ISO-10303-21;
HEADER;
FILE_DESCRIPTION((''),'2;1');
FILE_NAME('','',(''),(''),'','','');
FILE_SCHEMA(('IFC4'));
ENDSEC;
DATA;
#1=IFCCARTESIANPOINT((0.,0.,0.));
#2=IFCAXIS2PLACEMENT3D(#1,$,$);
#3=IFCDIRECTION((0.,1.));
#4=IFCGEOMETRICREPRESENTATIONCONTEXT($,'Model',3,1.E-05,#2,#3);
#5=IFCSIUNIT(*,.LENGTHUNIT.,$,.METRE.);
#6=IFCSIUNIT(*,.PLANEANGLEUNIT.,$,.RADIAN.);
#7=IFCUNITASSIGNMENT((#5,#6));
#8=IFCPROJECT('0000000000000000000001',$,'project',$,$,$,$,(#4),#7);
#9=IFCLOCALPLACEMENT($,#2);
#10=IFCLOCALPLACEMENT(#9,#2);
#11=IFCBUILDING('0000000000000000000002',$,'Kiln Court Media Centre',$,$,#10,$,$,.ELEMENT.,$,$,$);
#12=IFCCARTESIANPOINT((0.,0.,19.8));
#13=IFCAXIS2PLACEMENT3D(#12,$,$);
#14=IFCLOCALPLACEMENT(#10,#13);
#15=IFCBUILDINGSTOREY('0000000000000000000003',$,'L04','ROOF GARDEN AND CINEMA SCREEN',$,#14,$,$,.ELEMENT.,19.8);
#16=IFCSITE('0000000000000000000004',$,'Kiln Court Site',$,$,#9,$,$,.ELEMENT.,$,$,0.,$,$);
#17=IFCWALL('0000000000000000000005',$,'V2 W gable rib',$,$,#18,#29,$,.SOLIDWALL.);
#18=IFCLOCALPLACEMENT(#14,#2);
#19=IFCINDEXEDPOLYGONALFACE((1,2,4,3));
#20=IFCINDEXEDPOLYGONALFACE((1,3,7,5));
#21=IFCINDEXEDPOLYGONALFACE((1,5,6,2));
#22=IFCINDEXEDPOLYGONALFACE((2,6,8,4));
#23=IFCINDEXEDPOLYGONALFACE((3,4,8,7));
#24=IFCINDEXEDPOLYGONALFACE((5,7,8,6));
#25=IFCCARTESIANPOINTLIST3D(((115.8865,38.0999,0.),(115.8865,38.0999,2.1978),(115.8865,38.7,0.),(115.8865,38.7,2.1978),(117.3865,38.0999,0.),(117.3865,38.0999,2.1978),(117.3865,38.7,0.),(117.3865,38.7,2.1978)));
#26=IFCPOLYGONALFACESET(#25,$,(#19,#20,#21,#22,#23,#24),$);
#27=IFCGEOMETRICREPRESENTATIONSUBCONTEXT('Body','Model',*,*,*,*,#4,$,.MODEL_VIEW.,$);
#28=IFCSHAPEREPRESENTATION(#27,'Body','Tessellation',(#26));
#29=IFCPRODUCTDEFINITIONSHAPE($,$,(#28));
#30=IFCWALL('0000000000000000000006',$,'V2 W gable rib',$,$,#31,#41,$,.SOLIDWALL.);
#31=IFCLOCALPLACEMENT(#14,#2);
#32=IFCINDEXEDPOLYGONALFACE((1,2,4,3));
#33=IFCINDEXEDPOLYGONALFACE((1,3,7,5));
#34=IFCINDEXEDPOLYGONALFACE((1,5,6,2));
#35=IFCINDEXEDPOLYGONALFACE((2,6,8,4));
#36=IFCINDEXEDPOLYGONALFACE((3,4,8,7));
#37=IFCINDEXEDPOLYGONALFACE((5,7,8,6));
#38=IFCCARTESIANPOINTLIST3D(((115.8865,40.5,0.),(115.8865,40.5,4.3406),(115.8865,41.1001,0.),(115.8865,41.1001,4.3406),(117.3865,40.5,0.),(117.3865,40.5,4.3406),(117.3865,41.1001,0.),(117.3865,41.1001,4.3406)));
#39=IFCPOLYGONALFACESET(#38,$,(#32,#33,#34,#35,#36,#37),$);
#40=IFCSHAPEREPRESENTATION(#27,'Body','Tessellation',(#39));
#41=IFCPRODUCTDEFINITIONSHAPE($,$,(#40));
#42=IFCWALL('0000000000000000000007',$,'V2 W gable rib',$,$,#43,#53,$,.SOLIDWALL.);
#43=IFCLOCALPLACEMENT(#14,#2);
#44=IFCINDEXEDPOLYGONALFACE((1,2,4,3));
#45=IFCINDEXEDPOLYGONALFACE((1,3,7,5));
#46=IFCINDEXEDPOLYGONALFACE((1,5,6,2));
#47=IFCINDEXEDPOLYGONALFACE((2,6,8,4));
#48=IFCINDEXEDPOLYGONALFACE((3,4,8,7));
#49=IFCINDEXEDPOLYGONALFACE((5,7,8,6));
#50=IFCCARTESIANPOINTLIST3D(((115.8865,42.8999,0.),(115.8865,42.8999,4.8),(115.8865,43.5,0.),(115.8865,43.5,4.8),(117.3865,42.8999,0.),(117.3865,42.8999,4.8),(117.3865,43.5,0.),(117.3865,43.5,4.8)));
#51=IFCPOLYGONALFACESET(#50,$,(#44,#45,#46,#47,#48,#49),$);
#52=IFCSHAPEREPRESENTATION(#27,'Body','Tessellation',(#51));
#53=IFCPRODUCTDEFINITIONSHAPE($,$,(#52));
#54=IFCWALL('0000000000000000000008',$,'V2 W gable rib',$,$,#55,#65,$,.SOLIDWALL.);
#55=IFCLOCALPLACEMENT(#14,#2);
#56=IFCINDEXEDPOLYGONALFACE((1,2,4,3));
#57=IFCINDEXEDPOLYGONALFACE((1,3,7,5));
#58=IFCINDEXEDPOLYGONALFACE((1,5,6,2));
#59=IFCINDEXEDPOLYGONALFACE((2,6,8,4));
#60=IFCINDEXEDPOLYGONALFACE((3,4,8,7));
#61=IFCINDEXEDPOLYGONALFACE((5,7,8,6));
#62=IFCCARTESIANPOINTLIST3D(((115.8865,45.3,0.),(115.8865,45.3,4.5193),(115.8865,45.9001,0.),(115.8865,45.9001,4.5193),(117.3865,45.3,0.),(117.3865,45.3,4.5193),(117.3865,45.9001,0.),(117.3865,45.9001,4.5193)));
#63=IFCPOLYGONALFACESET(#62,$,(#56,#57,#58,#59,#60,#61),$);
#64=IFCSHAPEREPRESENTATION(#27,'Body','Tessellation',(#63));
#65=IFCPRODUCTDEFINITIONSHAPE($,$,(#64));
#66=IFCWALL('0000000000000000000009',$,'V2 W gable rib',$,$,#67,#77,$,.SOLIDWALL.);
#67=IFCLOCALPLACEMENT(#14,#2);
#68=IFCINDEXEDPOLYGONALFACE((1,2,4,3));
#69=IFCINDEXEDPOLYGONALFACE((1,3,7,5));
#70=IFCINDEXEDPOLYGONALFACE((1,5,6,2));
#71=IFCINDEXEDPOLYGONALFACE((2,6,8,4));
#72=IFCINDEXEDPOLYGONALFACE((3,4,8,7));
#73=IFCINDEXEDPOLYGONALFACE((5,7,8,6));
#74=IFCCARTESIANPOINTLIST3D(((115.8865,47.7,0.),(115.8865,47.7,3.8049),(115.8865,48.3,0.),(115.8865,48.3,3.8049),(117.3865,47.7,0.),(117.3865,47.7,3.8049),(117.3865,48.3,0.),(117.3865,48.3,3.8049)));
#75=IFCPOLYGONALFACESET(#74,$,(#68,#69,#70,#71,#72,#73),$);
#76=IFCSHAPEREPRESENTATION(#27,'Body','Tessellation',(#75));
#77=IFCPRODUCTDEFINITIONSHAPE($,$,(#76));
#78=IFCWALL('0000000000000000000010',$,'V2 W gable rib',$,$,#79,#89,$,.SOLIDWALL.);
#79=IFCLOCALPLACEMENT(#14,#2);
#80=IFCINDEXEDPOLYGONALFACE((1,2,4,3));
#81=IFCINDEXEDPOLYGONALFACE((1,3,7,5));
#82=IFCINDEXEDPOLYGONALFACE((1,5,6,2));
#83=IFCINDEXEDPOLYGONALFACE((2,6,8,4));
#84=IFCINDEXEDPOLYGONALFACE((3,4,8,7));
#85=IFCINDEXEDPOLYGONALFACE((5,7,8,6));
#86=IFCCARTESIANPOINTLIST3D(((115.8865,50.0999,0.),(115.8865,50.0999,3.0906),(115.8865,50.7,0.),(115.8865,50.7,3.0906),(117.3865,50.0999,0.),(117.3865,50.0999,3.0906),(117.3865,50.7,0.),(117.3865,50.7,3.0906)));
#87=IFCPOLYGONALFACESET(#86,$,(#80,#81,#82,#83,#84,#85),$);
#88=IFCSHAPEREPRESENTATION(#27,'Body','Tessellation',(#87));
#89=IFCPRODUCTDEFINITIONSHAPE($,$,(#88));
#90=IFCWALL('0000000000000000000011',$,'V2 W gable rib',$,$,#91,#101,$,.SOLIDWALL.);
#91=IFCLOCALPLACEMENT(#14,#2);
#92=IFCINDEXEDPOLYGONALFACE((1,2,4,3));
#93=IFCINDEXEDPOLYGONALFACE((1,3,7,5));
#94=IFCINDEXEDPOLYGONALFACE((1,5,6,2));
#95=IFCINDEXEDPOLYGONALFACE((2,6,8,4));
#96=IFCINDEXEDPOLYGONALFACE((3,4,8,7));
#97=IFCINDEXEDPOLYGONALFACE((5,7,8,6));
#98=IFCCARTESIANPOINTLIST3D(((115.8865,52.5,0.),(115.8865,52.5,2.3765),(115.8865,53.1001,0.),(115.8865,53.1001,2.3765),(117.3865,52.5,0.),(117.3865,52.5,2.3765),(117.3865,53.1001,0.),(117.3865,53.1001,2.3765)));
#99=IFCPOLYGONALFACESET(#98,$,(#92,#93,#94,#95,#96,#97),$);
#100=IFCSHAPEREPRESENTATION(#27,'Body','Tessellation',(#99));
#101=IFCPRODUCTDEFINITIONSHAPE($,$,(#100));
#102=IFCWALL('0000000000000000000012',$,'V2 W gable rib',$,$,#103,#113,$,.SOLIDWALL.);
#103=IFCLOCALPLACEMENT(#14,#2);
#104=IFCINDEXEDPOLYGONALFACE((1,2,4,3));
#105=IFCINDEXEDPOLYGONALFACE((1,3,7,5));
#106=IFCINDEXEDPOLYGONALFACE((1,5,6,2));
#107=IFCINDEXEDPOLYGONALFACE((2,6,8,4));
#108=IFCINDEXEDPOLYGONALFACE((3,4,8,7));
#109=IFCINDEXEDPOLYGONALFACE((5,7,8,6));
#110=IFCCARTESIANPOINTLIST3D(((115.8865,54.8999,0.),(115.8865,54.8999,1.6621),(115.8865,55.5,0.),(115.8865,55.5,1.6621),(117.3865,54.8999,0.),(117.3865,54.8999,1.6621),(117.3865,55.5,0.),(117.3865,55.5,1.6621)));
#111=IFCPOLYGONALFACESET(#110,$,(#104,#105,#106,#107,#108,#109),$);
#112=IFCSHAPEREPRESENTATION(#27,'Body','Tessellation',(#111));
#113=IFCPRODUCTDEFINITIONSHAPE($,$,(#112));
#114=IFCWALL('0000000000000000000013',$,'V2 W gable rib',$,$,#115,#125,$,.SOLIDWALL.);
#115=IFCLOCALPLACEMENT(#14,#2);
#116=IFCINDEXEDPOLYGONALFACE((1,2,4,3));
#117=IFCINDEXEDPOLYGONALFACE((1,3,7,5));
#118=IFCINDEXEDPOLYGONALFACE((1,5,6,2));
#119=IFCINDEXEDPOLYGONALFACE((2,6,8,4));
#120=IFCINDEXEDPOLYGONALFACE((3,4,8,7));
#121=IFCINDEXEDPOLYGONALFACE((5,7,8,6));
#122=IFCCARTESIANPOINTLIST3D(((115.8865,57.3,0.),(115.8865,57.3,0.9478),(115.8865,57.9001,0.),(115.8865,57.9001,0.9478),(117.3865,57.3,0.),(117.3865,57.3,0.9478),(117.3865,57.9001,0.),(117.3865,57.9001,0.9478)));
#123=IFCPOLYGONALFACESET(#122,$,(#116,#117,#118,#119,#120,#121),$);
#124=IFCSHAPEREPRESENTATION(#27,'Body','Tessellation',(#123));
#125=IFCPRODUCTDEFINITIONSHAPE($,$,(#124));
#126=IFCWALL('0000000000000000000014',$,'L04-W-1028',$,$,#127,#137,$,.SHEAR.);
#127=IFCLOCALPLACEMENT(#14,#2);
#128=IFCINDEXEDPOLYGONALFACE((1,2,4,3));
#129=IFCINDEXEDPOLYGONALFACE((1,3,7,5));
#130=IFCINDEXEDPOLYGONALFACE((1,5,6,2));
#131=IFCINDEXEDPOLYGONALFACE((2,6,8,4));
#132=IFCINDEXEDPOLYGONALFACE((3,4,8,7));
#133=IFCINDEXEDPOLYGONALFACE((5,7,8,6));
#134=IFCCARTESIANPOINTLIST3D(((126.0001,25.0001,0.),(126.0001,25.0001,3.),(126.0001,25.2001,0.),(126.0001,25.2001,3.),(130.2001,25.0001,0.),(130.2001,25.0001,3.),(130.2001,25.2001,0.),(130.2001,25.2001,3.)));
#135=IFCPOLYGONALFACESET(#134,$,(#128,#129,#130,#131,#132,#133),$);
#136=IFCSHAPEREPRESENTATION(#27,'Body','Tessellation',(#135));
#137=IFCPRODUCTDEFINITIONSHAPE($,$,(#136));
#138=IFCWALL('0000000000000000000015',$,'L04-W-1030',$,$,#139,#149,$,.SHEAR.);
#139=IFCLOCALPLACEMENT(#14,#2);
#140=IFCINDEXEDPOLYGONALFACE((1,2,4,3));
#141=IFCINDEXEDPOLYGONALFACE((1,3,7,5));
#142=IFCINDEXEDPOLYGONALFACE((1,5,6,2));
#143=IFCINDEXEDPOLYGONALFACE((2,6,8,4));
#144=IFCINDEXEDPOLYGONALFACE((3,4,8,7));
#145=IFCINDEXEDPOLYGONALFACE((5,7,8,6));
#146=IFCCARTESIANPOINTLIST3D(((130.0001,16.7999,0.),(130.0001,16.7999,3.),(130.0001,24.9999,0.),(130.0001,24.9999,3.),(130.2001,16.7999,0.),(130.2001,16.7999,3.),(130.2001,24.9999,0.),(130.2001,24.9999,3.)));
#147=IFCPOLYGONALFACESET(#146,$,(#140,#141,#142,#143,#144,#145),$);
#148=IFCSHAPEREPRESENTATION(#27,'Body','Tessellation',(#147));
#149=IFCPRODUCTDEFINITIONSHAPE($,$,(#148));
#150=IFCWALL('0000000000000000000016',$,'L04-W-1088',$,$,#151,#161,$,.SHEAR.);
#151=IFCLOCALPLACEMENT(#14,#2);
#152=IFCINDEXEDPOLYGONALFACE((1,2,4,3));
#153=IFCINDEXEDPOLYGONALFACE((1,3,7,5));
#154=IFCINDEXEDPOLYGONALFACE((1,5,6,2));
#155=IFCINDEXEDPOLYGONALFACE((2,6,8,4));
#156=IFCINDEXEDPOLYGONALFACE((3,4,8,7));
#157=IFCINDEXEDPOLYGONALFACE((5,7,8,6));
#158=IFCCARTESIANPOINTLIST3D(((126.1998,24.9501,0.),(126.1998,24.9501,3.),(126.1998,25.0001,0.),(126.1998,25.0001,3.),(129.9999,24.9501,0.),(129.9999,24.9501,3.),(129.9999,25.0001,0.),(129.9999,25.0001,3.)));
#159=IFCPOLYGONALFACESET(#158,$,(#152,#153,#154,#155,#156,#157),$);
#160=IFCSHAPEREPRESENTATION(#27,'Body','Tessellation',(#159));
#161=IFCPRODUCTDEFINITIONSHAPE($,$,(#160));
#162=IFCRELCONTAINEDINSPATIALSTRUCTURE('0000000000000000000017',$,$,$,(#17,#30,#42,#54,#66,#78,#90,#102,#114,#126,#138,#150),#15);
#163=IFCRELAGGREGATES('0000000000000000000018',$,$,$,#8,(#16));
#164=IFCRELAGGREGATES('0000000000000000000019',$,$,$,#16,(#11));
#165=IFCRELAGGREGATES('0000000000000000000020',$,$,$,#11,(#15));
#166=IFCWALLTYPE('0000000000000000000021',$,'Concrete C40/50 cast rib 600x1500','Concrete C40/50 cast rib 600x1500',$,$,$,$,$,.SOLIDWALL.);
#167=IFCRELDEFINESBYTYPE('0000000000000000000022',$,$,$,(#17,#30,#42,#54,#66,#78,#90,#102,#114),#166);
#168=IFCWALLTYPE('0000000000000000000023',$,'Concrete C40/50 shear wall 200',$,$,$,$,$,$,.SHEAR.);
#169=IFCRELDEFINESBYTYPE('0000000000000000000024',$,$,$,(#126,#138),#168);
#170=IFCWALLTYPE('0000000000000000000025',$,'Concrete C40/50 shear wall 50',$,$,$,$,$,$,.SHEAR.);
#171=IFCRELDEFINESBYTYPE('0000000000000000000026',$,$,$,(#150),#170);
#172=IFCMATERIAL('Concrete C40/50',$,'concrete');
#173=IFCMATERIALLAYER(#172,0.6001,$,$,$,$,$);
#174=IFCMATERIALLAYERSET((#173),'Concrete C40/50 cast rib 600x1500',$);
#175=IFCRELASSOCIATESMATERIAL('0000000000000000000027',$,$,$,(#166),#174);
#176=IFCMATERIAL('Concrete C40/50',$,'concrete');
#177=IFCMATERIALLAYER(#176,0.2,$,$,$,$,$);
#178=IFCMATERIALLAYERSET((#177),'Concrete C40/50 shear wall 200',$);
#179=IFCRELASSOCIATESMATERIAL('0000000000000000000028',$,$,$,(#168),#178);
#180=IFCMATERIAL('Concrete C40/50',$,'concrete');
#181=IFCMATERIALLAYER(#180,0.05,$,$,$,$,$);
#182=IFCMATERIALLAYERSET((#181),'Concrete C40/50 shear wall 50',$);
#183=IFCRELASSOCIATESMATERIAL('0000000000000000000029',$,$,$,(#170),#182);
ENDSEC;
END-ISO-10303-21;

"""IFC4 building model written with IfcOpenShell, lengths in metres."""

from ifc_helpers import new_model, si_unit, direction, frame, frame_2d, origin, place, context, subcontext, project, spatial, rectangle, extrude, material, layer, layer_set, type_object, element, save


model = new_model("IFC4")

# Units and contexts
model_context = context("Model", 3, precision=1e-05, world=origin(), true_north=direction((0.0, 1.0)))
body_context = subcontext(model_context, "Body", "Model", "MODEL_VIEW")
ifc_project = project(units=[si_unit("LENGTHUNIT", "METRE"), si_unit("PLANEANGLEUNIT", "RADIAN")], contexts=[model_context])

# Site, building, storey
site_placement = place(None, origin())
site = spatial("IfcSite", under=ifc_project, at=site_placement, Name="Kiln Court Site", CompositionType="ELEMENT", RefElevation=0.0)
building_placement = place(site_placement, origin())
building = spatial("IfcBuilding", under=site, at=building_placement, Name="Kiln Court Media Centre", CompositionType="ELEMENT")
storey_placement = place(building_placement, frame((0.0, 0.0, 19.8)))
storey = spatial("IfcBuildingStorey", under=building, at=storey_placement, Name="L04", Description="ROOF GARDEN AND CINEMA SCREEN", CompositionType="ELEMENT", Elevation=19.8)

# Walls
ifc_material_1 = material(Name="Concrete C40/50", Category="concrete")
ifc_layer_1 = layer(ifc_material_1, 0.6001)
ifc_layer_set_1 = layer_set([ifc_layer_1], Name="Concrete C40/50 cast rib 600x1500")
wall_type_1 = type_object("IfcWallType", Name="Concrete C40/50 cast rib 600x1500", Description="Concrete C40/50 cast rib 600x1500", PredefinedType="SOLIDWALL", material=ifc_layer_set_1)
wall_1_placement = place(storey_placement, frame((117.3865, 38.3999, 0.0), z_axis=(0.0, 0.0, 1.0), x_axis=(-1.0, 0.0, 0.0)))
element("IfcWall", 1, at=wall_1_placement, inside=storey, type_object=wall_type_1, Name="V2 W gable rib", PredefinedType="SOLIDWALL", context=body_context, shape_type="SweptSolid", body=[
    extrude(rectangle(XDim=1.5, YDim=0.6001, at=frame_2d((0.75, 0.0))), origin(), (0.0, 0.0, 1.0), 2.1978),
])
wall_2_placement = place(storey_placement, frame((117.3865, 40.8, 0.0), z_axis=(0.0, 0.0, 1.0), x_axis=(-1.0, 0.0, 0.0)))
element("IfcWall", 2, at=wall_2_placement, inside=storey, type_object=wall_type_1, Name="V2 W gable rib", PredefinedType="SOLIDWALL", context=body_context, shape_type="SweptSolid", body=[
    extrude(rectangle(XDim=1.5, YDim=0.6001, at=frame_2d((0.75, 0.0))), origin(), (0.0, 0.0, 1.0), 4.3406),
])
wall_3_placement = place(storey_placement, frame((117.3865, 43.2, 0.0), z_axis=(0.0, 0.0, 1.0), x_axis=(-1.0, 0.0, 0.0)))
element("IfcWall", 3, at=wall_3_placement, inside=storey, type_object=wall_type_1, Name="V2 W gable rib", PredefinedType="SOLIDWALL", context=body_context, shape_type="SweptSolid", body=[
    extrude(rectangle(XDim=1.5, YDim=0.6001, at=frame_2d((0.75, 0.0))), origin(), (0.0, 0.0, 1.0), 4.8),
])
wall_4_placement = place(storey_placement, frame((117.3865, 45.6001, 0.0), z_axis=(0.0, 0.0, 1.0), x_axis=(-1.0, 0.0, 0.0)))
element("IfcWall", 4, at=wall_4_placement, inside=storey, type_object=wall_type_1, Name="V2 W gable rib", PredefinedType="SOLIDWALL", context=body_context, shape_type="SweptSolid", body=[
    extrude(rectangle(XDim=1.5, YDim=0.6001, at=frame_2d((0.75, 0.0))), origin(), (0.0, 0.0, 1.0), 4.5193),
])
wall_5_placement = place(storey_placement, frame((117.3865, 48.0, 0.0), z_axis=(0.0, 0.0, 1.0), x_axis=(-1.0, 0.0, 0.0)))
element("IfcWall", 5, at=wall_5_placement, inside=storey, type_object=wall_type_1, Name="V2 W gable rib", PredefinedType="SOLIDWALL", context=body_context, shape_type="SweptSolid", body=[
    extrude(rectangle(XDim=1.5, YDim=0.6001, at=frame_2d((0.75, 0.0))), origin(), (0.0, 0.0, 1.0), 3.8049),
])
wall_6_placement = place(storey_placement, frame((117.3865, 50.3999, 0.0), z_axis=(0.0, 0.0, 1.0), x_axis=(-1.0, 0.0, 0.0)))
element("IfcWall", 6, at=wall_6_placement, inside=storey, type_object=wall_type_1, Name="V2 W gable rib", PredefinedType="SOLIDWALL", context=body_context, shape_type="SweptSolid", body=[
    extrude(rectangle(XDim=1.5, YDim=0.6001, at=frame_2d((0.75, 0.0))), origin(), (0.0, 0.0, 1.0), 3.0906),
])
wall_7_placement = place(storey_placement, frame((117.3865, 52.8, 0.0), z_axis=(0.0, 0.0, 1.0), x_axis=(-1.0, 0.0, 0.0)))
element("IfcWall", 7, at=wall_7_placement, inside=storey, type_object=wall_type_1, Name="V2 W gable rib", PredefinedType="SOLIDWALL", context=body_context, shape_type="SweptSolid", body=[
    extrude(rectangle(XDim=1.5, YDim=0.6001, at=frame_2d((0.75, 0.0))), origin(), (0.0, 0.0, 1.0), 2.3765),
])
wall_8_placement = place(storey_placement, frame((117.3865, 55.2, 0.0), z_axis=(0.0, 0.0, 1.0), x_axis=(-1.0, 0.0, 0.0)))
element("IfcWall", 8, at=wall_8_placement, inside=storey, type_object=wall_type_1, Name="V2 W gable rib", PredefinedType="SOLIDWALL", context=body_context, shape_type="SweptSolid", body=[
    extrude(rectangle(XDim=1.5, YDim=0.6001, at=frame_2d((0.75, 0.0))), origin(), (0.0, 0.0, 1.0), 1.6621),
])
wall_9_placement = place(storey_placement, frame((117.3865, 57.6001, 0.0), z_axis=(0.0, 0.0, 1.0), x_axis=(-1.0, 0.0, 0.0)))
element("IfcWall", 9, at=wall_9_placement, inside=storey, type_object=wall_type_1, Name="V2 W gable rib", PredefinedType="SOLIDWALL", context=body_context, shape_type="SweptSolid", body=[
    extrude(rectangle(XDim=1.5, YDim=0.6001, at=frame_2d((0.75, 0.0))), origin(), (0.0, 0.0, 1.0), 0.9478),
])
ifc_material_2 = material(Name="Concrete C40/50", Category="concrete")
ifc_layer_2 = layer(ifc_material_2, 0.2)
ifc_layer_set_2 = layer_set([ifc_layer_2], Name="Concrete C40/50 shear wall 200")
wall_type_2 = type_object("IfcWallType", Name="Concrete C40/50 shear wall 200", PredefinedType="SHEAR", material=ifc_layer_set_2)
wall_10_placement = place(storey_placement, frame((126.0, 25.1001, 0.0), z_axis=(0.0, 0.0, 1.0), x_axis=(1.0, 0.0, 0.0)))
element("IfcWall", 10, at=wall_10_placement, inside=storey, type_object=wall_type_2, Name="L04-W-1028", PredefinedType="SHEAR", context=body_context, shape_type="SweptSolid", body=[
    extrude(rectangle(XDim=4.2, YDim=0.2, at=frame_2d((2.1001, 0.0))), origin(), (0.0, 0.0, 1.0), 3.0),
])
wall_11_placement = place(storey_placement, frame((130.1001, 25.0, 0.0), z_axis=(0.0, 0.0, 1.0), x_axis=(0.0, -1.0, 0.0)))
element("IfcWall", 11, at=wall_11_placement, inside=storey, type_object=wall_type_2, Name="L04-W-1030", PredefinedType="SHEAR", context=body_context, shape_type="SweptSolid", body=[
    extrude(rectangle(XDim=8.2, YDim=0.2, at=frame_2d((4.1001, 0.0))), origin(), (0.0, 0.0, 1.0), 3.0),
])
ifc_material_3 = material(Name="Concrete C40/50", Category="concrete")
ifc_layer_3 = layer(ifc_material_3, 0.05)
ifc_layer_set_3 = layer_set([ifc_layer_3], Name="Concrete C40/50 shear wall 50")
wall_type_3 = type_object("IfcWallType", Name="Concrete C40/50 shear wall 50", PredefinedType="SHEAR", material=ifc_layer_set_3)
wall_12_placement = place(storey_placement, frame((126.2, 24.9751, 0.0), z_axis=(0.0, 0.0, 1.0), x_axis=(1.0, 0.0, 0.0)))
element("IfcWall", 12, at=wall_12_placement, inside=storey, type_object=wall_type_3, Name="L04-W-1088", PredefinedType="SHEAR", context=body_context, shape_type="SweptSolid", body=[
    extrude(rectangle(XDim=3.8, YDim=0.05, at=frame_2d((1.8999, 0.0))), origin(), (0.0, 0.0, 1.0), 3.0),
])

save(model, "model.ifc")
